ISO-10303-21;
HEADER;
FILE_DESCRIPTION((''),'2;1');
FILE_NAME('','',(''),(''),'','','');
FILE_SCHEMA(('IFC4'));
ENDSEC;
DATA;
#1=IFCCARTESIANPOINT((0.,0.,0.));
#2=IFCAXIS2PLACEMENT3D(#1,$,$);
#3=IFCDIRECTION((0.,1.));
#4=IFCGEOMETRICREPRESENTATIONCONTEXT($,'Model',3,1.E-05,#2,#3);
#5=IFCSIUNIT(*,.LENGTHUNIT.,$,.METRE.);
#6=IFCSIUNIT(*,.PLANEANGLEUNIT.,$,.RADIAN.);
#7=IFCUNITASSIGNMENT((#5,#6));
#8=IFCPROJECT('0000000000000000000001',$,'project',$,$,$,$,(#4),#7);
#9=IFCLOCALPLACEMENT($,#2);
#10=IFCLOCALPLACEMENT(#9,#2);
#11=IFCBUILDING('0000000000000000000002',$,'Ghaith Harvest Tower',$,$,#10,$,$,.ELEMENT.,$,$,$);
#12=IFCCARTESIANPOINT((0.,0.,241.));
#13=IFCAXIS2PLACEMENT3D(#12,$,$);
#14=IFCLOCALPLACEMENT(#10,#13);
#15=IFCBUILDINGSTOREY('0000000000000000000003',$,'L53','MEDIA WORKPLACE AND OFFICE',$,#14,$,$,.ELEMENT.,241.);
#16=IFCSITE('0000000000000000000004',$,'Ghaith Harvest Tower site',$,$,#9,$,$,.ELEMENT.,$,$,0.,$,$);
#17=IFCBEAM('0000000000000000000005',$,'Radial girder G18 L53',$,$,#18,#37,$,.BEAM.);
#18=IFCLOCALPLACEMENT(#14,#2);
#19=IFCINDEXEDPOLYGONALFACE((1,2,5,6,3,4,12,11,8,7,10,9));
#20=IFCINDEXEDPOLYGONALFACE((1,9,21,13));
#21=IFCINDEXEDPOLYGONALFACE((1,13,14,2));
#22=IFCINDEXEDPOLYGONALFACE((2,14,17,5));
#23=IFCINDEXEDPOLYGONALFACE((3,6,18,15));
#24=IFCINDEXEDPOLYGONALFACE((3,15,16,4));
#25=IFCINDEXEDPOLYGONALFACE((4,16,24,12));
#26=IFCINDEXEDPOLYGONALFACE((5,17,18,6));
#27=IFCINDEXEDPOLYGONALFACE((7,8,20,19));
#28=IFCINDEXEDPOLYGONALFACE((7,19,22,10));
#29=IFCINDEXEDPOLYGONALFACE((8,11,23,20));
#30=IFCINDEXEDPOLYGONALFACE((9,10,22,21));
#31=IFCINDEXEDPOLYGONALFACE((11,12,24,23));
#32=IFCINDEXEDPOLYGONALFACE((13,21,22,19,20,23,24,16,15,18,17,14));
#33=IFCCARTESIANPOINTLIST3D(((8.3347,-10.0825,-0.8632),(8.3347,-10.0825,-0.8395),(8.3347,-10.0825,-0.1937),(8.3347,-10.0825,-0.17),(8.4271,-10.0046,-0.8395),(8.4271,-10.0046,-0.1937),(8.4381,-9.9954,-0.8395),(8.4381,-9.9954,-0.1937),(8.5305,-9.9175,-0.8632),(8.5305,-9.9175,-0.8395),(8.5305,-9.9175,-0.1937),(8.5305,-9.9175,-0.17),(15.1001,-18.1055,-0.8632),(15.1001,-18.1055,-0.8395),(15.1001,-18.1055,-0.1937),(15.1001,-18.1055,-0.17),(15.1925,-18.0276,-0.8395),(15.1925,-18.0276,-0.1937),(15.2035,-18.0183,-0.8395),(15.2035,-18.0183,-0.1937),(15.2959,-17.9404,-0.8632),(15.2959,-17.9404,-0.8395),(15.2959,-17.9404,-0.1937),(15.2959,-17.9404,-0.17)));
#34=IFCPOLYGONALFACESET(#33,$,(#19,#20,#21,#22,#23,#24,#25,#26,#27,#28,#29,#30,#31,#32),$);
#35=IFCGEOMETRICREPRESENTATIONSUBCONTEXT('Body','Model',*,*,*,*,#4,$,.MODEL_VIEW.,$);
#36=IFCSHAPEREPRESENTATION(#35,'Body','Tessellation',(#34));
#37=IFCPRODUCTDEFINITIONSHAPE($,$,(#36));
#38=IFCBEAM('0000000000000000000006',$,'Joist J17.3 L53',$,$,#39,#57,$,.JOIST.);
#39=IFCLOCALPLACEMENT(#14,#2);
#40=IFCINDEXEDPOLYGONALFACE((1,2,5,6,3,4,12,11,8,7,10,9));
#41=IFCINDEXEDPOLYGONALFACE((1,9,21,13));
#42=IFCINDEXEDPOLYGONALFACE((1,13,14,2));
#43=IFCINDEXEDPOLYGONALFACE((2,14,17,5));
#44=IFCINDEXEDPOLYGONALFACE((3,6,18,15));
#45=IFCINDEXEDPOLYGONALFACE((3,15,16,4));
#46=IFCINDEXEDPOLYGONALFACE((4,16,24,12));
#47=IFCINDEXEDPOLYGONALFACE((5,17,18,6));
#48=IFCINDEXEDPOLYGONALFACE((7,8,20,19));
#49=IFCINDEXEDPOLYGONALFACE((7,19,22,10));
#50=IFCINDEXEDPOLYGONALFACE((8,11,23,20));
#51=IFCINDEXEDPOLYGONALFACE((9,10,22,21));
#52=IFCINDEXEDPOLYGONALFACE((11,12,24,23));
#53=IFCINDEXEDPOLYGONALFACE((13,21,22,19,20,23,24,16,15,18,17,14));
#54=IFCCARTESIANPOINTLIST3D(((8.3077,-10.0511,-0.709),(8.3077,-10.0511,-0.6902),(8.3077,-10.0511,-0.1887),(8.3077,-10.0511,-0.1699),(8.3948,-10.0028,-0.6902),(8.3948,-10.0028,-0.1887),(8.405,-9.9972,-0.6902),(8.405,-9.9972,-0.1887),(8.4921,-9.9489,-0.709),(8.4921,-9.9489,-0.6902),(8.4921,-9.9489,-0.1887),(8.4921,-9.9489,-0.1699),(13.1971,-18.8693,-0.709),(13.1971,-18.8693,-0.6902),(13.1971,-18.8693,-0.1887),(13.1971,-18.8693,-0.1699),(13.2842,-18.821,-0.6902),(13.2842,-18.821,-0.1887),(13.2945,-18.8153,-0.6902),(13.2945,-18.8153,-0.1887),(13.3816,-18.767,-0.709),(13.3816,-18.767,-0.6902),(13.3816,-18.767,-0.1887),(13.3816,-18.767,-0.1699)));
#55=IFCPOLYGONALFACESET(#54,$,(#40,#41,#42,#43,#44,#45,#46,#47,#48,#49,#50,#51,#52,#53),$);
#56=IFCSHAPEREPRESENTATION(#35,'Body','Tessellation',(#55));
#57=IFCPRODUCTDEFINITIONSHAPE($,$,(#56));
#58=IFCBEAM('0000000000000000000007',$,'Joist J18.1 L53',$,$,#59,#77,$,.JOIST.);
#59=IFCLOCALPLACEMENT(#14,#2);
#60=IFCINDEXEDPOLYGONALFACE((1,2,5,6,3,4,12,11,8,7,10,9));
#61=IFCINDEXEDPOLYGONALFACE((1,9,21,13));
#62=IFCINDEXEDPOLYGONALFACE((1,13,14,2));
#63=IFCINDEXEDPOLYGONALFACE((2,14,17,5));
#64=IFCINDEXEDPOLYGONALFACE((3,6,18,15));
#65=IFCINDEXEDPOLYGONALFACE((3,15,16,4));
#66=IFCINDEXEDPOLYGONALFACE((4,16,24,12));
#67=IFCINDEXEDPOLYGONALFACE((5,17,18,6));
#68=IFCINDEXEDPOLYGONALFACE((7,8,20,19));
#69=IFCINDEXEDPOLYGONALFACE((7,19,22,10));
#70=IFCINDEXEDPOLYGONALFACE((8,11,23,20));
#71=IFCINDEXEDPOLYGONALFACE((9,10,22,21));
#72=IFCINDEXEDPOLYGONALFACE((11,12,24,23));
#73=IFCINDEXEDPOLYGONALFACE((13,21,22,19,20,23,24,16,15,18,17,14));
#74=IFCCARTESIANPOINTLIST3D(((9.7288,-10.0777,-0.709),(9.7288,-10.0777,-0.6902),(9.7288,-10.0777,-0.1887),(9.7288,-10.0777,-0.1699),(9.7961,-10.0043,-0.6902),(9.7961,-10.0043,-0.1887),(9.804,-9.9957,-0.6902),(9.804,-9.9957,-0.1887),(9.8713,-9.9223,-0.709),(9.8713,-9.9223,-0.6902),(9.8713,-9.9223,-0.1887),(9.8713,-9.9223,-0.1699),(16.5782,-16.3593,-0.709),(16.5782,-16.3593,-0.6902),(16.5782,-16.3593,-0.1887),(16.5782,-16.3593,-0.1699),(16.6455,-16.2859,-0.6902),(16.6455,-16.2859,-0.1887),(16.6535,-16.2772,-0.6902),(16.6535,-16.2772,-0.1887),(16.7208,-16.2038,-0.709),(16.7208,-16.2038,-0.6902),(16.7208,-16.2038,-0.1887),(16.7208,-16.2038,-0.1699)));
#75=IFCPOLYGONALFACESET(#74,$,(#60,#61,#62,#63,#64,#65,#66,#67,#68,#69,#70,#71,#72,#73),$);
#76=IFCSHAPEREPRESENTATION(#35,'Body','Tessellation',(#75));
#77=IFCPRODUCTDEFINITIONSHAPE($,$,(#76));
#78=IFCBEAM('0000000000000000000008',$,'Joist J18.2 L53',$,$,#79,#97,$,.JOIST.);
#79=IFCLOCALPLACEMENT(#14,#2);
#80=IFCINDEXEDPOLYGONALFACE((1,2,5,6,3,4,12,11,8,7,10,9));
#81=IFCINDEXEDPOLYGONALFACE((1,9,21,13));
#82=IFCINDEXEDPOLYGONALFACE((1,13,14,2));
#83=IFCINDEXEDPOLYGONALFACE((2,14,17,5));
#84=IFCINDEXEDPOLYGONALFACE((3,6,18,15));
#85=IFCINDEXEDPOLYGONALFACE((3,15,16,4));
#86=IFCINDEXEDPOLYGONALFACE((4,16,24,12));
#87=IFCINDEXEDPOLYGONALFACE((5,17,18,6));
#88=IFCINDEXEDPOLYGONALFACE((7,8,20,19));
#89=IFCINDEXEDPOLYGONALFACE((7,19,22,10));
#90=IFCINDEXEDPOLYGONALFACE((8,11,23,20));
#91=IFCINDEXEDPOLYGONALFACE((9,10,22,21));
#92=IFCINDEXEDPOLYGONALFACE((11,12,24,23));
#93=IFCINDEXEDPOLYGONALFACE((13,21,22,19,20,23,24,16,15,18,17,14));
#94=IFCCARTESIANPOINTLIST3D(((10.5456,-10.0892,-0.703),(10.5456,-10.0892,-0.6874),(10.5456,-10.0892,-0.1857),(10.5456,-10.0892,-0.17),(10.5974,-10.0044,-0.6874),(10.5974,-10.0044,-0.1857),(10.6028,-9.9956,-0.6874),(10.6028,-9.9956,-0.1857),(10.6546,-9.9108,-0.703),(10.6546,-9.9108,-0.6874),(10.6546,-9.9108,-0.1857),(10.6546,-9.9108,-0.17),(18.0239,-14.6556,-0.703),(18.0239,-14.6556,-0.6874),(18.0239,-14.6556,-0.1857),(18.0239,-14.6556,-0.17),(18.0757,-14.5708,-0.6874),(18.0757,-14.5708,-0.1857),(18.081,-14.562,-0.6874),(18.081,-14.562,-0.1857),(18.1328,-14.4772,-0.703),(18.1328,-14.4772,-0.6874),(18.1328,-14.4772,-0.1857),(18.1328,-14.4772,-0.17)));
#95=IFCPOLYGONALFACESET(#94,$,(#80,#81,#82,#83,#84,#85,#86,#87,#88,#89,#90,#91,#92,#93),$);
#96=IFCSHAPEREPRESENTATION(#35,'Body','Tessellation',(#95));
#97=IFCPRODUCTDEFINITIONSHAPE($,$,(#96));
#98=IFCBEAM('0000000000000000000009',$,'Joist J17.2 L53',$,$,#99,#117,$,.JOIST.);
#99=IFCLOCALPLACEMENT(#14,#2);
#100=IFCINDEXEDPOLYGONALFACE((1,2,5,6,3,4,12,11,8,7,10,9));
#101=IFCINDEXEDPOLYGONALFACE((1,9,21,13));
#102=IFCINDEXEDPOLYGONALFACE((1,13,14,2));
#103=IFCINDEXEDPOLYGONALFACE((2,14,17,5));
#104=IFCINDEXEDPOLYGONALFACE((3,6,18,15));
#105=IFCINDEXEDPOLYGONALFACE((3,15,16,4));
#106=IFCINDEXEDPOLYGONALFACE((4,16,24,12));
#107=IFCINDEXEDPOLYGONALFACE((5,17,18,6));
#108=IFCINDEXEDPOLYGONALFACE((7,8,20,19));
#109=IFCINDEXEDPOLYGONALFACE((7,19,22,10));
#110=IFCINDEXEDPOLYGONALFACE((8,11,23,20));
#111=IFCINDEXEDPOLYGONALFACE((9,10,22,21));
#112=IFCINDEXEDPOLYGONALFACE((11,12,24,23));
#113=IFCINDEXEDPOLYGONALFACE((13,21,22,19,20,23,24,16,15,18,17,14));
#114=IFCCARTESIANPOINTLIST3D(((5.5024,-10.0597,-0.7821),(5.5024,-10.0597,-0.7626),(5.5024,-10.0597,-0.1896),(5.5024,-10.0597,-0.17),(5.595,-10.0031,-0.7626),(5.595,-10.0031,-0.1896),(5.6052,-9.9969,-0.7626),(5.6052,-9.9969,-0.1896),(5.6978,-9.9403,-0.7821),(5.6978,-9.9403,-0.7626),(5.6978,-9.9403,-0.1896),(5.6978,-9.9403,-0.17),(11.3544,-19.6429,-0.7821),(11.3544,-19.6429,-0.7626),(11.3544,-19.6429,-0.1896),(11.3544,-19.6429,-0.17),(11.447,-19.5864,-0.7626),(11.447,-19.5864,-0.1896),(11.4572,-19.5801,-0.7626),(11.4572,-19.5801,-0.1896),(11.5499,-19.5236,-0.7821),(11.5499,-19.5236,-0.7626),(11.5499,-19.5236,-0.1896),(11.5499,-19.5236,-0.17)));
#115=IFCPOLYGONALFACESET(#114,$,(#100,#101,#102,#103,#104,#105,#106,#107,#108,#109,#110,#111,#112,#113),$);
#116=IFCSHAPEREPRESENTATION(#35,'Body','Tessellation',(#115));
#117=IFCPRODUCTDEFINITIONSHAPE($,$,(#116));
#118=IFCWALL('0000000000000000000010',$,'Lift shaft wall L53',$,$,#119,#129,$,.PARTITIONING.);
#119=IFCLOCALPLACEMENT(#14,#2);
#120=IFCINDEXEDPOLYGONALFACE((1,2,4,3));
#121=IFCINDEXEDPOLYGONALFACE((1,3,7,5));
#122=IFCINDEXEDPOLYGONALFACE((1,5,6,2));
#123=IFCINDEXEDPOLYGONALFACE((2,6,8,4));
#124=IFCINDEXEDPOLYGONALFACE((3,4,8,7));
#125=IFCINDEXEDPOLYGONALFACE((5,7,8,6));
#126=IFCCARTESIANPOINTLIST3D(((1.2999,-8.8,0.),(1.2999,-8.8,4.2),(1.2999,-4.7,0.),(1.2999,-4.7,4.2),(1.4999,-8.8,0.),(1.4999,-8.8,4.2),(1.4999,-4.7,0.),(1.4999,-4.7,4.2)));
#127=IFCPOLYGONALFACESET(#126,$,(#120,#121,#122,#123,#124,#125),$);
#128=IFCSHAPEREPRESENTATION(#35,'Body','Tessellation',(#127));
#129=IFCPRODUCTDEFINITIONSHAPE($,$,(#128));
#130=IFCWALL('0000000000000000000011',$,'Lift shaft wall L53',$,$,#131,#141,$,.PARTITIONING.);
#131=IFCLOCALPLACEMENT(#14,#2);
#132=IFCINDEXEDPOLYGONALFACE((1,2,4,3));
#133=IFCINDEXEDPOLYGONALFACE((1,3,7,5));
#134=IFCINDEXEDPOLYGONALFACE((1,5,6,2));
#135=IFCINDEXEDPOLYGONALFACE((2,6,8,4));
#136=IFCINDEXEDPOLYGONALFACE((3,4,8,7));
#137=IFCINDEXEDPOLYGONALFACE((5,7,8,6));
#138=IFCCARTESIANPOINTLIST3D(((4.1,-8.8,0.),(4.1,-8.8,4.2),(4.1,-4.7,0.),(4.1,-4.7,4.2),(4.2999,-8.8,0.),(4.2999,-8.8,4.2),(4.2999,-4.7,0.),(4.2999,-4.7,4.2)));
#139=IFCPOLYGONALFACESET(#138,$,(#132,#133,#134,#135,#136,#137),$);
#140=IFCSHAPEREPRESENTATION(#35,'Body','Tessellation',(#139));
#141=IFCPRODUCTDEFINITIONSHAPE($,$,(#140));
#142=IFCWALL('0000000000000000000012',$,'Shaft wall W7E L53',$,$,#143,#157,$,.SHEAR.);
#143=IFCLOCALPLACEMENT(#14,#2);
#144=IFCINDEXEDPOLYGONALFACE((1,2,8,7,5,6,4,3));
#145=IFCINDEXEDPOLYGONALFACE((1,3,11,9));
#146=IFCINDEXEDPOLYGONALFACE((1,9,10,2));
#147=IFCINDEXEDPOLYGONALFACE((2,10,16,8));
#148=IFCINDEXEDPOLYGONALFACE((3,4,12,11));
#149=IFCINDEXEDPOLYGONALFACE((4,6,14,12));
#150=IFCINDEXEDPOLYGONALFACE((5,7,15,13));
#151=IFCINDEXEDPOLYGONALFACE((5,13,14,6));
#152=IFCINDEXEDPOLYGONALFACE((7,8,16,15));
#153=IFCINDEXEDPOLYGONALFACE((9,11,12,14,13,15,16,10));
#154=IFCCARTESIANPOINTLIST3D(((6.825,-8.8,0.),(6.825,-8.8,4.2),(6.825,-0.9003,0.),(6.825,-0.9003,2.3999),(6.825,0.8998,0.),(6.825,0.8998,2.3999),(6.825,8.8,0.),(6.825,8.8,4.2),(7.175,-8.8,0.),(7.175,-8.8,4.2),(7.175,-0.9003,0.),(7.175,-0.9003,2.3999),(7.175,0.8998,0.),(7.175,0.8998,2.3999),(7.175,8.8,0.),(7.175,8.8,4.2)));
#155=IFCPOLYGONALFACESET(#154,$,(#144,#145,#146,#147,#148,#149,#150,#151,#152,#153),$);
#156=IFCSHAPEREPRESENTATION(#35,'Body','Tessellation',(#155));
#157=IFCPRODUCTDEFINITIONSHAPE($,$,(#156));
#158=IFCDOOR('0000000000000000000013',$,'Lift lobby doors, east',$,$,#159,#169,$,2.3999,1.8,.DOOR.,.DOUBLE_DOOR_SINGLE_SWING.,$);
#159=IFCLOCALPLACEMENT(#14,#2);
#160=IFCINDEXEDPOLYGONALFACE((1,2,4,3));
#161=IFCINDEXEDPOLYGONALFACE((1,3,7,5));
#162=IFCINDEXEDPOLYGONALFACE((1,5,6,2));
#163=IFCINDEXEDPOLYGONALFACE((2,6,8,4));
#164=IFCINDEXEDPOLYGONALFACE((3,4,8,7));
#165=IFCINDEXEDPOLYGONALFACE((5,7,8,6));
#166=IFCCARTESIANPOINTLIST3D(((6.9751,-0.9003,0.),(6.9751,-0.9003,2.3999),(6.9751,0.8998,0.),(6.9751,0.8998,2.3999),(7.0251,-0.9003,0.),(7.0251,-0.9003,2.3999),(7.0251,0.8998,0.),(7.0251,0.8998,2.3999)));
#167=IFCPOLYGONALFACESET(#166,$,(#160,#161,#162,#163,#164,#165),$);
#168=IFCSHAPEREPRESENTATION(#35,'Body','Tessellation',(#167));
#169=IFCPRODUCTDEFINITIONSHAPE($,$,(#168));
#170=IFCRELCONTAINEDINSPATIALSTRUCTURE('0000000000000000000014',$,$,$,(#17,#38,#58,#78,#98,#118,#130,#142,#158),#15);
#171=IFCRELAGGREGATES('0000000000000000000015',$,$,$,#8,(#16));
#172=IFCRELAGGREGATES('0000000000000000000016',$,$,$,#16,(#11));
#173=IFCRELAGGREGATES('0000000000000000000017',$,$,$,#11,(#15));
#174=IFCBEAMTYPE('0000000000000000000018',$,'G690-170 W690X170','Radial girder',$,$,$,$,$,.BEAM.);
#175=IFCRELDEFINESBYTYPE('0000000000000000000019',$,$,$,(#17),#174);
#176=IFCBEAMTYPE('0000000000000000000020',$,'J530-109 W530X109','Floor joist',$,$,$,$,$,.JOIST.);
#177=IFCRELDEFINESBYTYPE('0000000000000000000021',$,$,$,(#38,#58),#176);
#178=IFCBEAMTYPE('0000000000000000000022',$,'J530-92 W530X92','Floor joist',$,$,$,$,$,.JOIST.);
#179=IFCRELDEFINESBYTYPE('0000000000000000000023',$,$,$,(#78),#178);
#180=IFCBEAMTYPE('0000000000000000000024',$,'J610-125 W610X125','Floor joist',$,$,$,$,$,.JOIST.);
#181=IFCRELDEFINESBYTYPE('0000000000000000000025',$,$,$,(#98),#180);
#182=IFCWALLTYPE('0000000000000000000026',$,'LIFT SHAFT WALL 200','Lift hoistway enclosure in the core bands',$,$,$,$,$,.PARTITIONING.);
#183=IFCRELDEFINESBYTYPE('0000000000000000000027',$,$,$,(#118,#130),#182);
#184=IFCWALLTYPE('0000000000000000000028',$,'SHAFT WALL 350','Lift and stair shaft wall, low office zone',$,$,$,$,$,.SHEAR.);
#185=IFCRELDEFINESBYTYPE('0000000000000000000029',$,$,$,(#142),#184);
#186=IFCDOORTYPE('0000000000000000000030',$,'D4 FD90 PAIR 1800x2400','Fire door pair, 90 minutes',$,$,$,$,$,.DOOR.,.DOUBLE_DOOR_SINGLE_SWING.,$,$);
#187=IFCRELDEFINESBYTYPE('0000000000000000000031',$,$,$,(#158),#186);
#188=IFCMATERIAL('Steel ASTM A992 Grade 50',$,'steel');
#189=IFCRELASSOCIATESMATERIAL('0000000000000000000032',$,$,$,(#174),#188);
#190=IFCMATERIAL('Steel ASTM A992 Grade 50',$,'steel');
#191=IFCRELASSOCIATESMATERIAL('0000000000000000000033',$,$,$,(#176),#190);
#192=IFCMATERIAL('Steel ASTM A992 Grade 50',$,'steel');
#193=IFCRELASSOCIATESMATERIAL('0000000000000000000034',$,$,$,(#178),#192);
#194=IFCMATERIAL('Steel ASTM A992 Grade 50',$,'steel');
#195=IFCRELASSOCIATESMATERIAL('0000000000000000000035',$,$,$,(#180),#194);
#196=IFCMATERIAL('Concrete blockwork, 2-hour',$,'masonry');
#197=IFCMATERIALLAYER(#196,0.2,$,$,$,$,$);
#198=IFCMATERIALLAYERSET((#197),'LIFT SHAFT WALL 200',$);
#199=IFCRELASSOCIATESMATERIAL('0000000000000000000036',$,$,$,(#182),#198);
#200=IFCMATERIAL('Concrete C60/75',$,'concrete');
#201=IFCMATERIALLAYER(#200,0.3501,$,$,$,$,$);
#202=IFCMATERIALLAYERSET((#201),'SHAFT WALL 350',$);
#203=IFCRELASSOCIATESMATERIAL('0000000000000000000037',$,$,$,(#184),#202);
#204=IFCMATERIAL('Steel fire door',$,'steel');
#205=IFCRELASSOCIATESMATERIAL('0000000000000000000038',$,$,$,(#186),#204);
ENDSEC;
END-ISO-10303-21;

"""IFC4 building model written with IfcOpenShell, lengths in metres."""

from ifc_helpers import new_model, si_unit, direction, frame, frame_2d, origin, origin_2d, place, context, subcontext, project, spatial, rectangle, i_section, extrude, material, layer, layer_set, material_profile, profile_set, type_object, element, fill, save


model = new_model("IFC4")

# Units and contexts
model_context = context("Model", 3, precision=1e-05, world=origin(), true_north=direction((0.0, 1.0)))
body_context = subcontext(model_context, "Body", "Model", "MODEL_VIEW")
ifc_project = project(units=[si_unit("LENGTHUNIT", "METRE"), si_unit("PLANEANGLEUNIT", "RADIAN")], contexts=[model_context])

# Site, building, storey
site_placement = place(None, origin())
site = spatial("IfcSite", under=ifc_project, at=site_placement, Name="Ghaith Harvest Tower site", CompositionType="ELEMENT", RefElevation=0.0)
building_placement = place(site_placement, origin())
building = spatial("IfcBuilding", under=site, at=building_placement, Name="Ghaith Harvest Tower", CompositionType="ELEMENT")
storey_placement = place(building_placement, frame((0.0, 0.0, 241.0)))
storey = spatial("IfcBuildingStorey", under=building, at=storey_placement, Name="L53", Description="MEDIA WORKPLACE AND OFFICE", CompositionType="ELEMENT", Elevation=241.0)

# Beams
ifc_material_1 = material(Name="Steel ASTM A992 Grade 50", Category="steel")
ifc_material_profile_1 = material_profile(ifc_material_1, i_section(OverallWidth=0.2561, OverallDepth=0.6931, WebThickness=0.0144, FlangeThickness=0.0237, at=origin_2d()), Name="W690X170")
ifc_profile_set_1 = profile_set([ifc_material_profile_1], Name="Steel ASTM A992 Grade 50")
beam_type_1 = type_object("IfcBeamType", Name="G690-170 W690X170", Description="Radial girder", PredefinedType="BEAM", material=ifc_profile_set_1)
beam_1_placement = place(storey_placement, frame((8.4326, -10.0, -0.5166), z_axis=(0.644649, -0.764478, 0.0), x_axis=(0.764478, 0.644649, 0.0)))
element("IfcBeam", 1, at=beam_1_placement, inside=storey, type_object=beam_type_1, Name="Radial girder G18 L53", PredefinedType="BEAM", context=body_context, shape_type="SweptSolid", body=[
    extrude(i_section(OverallWidth=0.2561, OverallDepth=0.6931, WebThickness=0.0144, FlangeThickness=0.0237, at=origin_2d()), origin(), (0.0, 0.0, 1.0), 10.4946),
])
ifc_material_2 = material(Name="Steel ASTM A992 Grade 50", Category="steel")
ifc_material_profile_2 = material_profile(ifc_material_2, i_section(OverallWidth=0.2109, OverallDepth=0.5391, WebThickness=0.0117, FlangeThickness=0.0188, at=origin_2d()), Name="W530X109")
ifc_profile_set_2 = profile_set([ifc_material_profile_2], Name="Steel ASTM A992 Grade 50")
beam_type_2 = type_object("IfcBeamType", Name="J530-109 W530X109", Description="Floor joist", PredefinedType="JOIST", material=ifc_profile_set_2)
beam_2_placement = place(storey_placement, frame((8.3999, -10.0, -0.4395), z_axis=(0.484919, -0.874559, 0.0), x_axis=(0.874559, 0.484919, 0.0)))
element("IfcBeam", 2, at=beam_2_placement, inside=storey, type_object=beam_type_2, Name="Joist J17.3 L53", PredefinedType="JOIST", context=body_context, shape_type="SweptSolid", body=[
    extrude(i_section(OverallWidth=0.2109, OverallDepth=0.5391, WebThickness=0.0117, FlangeThickness=0.0188, at=origin_2d()), origin(), (0.0, 0.0, 1.0), 10.083),
])
beam_3_placement = place(storey_placement, frame((9.8, -10.0, -0.4395), z_axis=(0.736998, -0.675895, 0.0), x_axis=(0.675895, 0.736998, 0.0)))
element("IfcBeam", 3, at=beam_3_placement, inside=storey, type_object=beam_type_2, Name="Joist J18.1 L53", PredefinedType="JOIST", context=body_context, shape_type="SweptSolid", body=[
    extrude(i_section(OverallWidth=0.2109, OverallDepth=0.5391, WebThickness=0.0117, FlangeThickness=0.0188, at=origin_2d()), origin(), (0.0, 0.0, 1.0), 9.2937),
])
ifc_material_3 = material(Name="Steel ASTM A992 Grade 50", Category="steel")
ifc_material_profile_3 = material_profile(ifc_material_3, i_section(OverallWidth=0.209, OverallDepth=0.533, WebThickness=0.0103, FlangeThickness=0.0156, at=origin_2d()), Name="W530X92")
ifc_profile_set_3 = profile_set([ifc_material_profile_3], Name="Steel ASTM A992 Grade 50")
beam_type_3 = type_object("IfcBeamType", Name="J530-92 W530X92", Description="Floor joist", PredefinedType="JOIST", material=ifc_profile_set_3)
beam_4_placement = place(storey_placement, frame((10.6001, -10.0, -0.4365), z_axis=(0.853467, -0.521147, 0.0), x_axis=(0.521147, 0.853467, 0.0)))
element("IfcBeam", 4, at=beam_4_placement, inside=storey, type_object=beam_type_3, Name="Joist J18.2 L53", PredefinedType="JOIST", context=body_context, shape_type="SweptSolid", body=[
    extrude(i_section(OverallWidth=0.209, OverallDepth=0.533, WebThickness=0.0103, FlangeThickness=0.0156, at=origin_2d()), origin(), (0.0, 0.0, 1.0), 8.7622),
])
ifc_material_4 = material(Name="Steel ASTM A992 Grade 50", Category="steel")
ifc_material_profile_4 = material_profile(ifc_material_4, i_section(OverallWidth=0.229, OverallDepth=0.6121, WebThickness=0.012, FlangeThickness=0.0195, at=origin_2d()), Name="W610X125")
ifc_profile_set_4 = profile_set([ifc_material_profile_4], Name="Steel ASTM A992 Grade 50")
beam_type_4 = type_object("IfcBeamType", Name="J610-125 W610X125", Description="Floor joist", PredefinedType="JOIST", material=ifc_profile_set_4)
beam_5_placement = place(storey_placement, frame((5.6001, -10.0, -0.4761), z_axis=(0.521166, -0.853455, 0.0), x_axis=(0.853455, 0.521166, 0.0)))
element("IfcBeam", 5, at=beam_5_placement, inside=storey, type_object=beam_type_4, Name="Joist J17.2 L53", PredefinedType="JOIST", context=body_context, shape_type="SweptSolid", body=[
    extrude(i_section(OverallWidth=0.229, OverallDepth=0.6121, WebThickness=0.012, FlangeThickness=0.0195, at=origin_2d()), origin(), (0.0, 0.0, 1.0), 11.2288),
])

# Walls
ifc_material_5 = material(Name="Concrete blockwork, 2-hour", Category="masonry")
ifc_layer_1 = layer(ifc_material_5, 0.2)
ifc_layer_set_1 = layer_set([ifc_layer_1], Name="LIFT SHAFT WALL 200")
wall_type_1 = type_object("IfcWallType", Name="LIFT SHAFT WALL 200", Description="Lift hoistway enclosure in the core bands", PredefinedType="PARTITIONING", material=ifc_layer_set_1)
for number, where, z_axis, x_axis, name in (
    (6, (1.3999, -4.7, 0.0), (0.0, 0.0, 1.0), (0.0, -1.0, 0.0), "Lift shaft wall L53"),
    (7, (4.2, -4.7, 0.0), (0.0, 0.0, 1.0), (0.0, -1.0, 0.0), "Lift shaft wall L53"),
):
    element("IfcWall", number, at=place(storey_placement, frame(where, z_axis=z_axis, x_axis=x_axis)), inside=storey, type_object=wall_type_1, Name=name, PredefinedType="PARTITIONING", context=body_context, shape_type="SweptSolid", body=[
        extrude(rectangle(XDim=4.1001, YDim=0.2, at=frame_2d((2.05, 0.0))), origin(), (0.0, 0.0, 1.0), 4.2),
    ])

# Wall, opening, door
ifc_material_6 = material(Name="Concrete C60/75", Category="concrete")
ifc_layer_2 = layer(ifc_material_6, 0.3501)
ifc_layer_set_2 = layer_set([ifc_layer_2], Name="SHAFT WALL 350")
wall_type_2 = type_object("IfcWallType", Name="SHAFT WALL 350", Description="Lift and stair shaft wall, low office zone", PredefinedType="SHEAR", material=ifc_layer_set_2)
wall_1_placement = place(storey_placement, frame((7.0, -8.8, 0.0), z_axis=(0.0, 0.0, 1.0), x_axis=(0.0, 1.0, 0.0)))
wall_1 = element("IfcWall", 8, at=wall_1_placement, inside=storey, type_object=wall_type_2, Name="Shaft wall W7E L53", PredefinedType="SHEAR", context=body_context, shape_type="SweptSolid", body=[
    extrude(rectangle(XDim=17.6001, YDim=0.3501, at=frame_2d((8.8, 0.0))), origin(), (0.0, 0.0, 1.0), 4.2),
])
opening_1_placement = place(wall_1_placement, frame((7.8999, 0.0, 0.0)))
opening_1 = element("IfcOpeningElement", 9, at=opening_1_placement, cuts=wall_1, PredefinedType="OPENING", context=body_context, shape_type="SweptSolid", body=[
    extrude(rectangle(XDim=1.8, YDim=2.3999, at=frame_2d((0.8999, 1.2))), frame((0.0, 0.1851, 0.0), z_axis=(0.0, -1.0, 0.0), x_axis=(1.0, 0.0, 0.0)), (0.0, 0.0, 1.0), 0.3701),
])
ifc_material_7 = material(Name="Steel fire door", Category="steel")
door_type_1 = type_object("IfcDoorType", Name="D4 FD90 PAIR 1800x2400", Description="Fire door pair, 90 minutes", OperationType="DOUBLE_DOOR_SINGLE_SWING", PredefinedType="DOOR", material=ifc_material_7)
door_1_placement = place(opening_1_placement, origin())
door_1 = element("IfcDoor", 10, at=door_1_placement, inside=storey, type_object=door_type_1, Name="Lift lobby doors, east", OperationType="DOUBLE_DOOR_SINGLE_SWING", OverallHeight=2.3999, OverallWidth=1.8, PredefinedType="DOOR", context=body_context, shape_type="SweptSolid", body=[
    extrude(rectangle(XDim=1.8, YDim=2.3999, at=frame_2d((0.8999, 1.2))), frame((0.0, 0.0249, 0.0), z_axis=(0.0, -1.0, 0.0), x_axis=(1.0, 0.0, 0.0)), (0.0, 0.0, 1.0), 0.05),
])
fill(opening_1, door_1)

save(model, "model.ifc")
